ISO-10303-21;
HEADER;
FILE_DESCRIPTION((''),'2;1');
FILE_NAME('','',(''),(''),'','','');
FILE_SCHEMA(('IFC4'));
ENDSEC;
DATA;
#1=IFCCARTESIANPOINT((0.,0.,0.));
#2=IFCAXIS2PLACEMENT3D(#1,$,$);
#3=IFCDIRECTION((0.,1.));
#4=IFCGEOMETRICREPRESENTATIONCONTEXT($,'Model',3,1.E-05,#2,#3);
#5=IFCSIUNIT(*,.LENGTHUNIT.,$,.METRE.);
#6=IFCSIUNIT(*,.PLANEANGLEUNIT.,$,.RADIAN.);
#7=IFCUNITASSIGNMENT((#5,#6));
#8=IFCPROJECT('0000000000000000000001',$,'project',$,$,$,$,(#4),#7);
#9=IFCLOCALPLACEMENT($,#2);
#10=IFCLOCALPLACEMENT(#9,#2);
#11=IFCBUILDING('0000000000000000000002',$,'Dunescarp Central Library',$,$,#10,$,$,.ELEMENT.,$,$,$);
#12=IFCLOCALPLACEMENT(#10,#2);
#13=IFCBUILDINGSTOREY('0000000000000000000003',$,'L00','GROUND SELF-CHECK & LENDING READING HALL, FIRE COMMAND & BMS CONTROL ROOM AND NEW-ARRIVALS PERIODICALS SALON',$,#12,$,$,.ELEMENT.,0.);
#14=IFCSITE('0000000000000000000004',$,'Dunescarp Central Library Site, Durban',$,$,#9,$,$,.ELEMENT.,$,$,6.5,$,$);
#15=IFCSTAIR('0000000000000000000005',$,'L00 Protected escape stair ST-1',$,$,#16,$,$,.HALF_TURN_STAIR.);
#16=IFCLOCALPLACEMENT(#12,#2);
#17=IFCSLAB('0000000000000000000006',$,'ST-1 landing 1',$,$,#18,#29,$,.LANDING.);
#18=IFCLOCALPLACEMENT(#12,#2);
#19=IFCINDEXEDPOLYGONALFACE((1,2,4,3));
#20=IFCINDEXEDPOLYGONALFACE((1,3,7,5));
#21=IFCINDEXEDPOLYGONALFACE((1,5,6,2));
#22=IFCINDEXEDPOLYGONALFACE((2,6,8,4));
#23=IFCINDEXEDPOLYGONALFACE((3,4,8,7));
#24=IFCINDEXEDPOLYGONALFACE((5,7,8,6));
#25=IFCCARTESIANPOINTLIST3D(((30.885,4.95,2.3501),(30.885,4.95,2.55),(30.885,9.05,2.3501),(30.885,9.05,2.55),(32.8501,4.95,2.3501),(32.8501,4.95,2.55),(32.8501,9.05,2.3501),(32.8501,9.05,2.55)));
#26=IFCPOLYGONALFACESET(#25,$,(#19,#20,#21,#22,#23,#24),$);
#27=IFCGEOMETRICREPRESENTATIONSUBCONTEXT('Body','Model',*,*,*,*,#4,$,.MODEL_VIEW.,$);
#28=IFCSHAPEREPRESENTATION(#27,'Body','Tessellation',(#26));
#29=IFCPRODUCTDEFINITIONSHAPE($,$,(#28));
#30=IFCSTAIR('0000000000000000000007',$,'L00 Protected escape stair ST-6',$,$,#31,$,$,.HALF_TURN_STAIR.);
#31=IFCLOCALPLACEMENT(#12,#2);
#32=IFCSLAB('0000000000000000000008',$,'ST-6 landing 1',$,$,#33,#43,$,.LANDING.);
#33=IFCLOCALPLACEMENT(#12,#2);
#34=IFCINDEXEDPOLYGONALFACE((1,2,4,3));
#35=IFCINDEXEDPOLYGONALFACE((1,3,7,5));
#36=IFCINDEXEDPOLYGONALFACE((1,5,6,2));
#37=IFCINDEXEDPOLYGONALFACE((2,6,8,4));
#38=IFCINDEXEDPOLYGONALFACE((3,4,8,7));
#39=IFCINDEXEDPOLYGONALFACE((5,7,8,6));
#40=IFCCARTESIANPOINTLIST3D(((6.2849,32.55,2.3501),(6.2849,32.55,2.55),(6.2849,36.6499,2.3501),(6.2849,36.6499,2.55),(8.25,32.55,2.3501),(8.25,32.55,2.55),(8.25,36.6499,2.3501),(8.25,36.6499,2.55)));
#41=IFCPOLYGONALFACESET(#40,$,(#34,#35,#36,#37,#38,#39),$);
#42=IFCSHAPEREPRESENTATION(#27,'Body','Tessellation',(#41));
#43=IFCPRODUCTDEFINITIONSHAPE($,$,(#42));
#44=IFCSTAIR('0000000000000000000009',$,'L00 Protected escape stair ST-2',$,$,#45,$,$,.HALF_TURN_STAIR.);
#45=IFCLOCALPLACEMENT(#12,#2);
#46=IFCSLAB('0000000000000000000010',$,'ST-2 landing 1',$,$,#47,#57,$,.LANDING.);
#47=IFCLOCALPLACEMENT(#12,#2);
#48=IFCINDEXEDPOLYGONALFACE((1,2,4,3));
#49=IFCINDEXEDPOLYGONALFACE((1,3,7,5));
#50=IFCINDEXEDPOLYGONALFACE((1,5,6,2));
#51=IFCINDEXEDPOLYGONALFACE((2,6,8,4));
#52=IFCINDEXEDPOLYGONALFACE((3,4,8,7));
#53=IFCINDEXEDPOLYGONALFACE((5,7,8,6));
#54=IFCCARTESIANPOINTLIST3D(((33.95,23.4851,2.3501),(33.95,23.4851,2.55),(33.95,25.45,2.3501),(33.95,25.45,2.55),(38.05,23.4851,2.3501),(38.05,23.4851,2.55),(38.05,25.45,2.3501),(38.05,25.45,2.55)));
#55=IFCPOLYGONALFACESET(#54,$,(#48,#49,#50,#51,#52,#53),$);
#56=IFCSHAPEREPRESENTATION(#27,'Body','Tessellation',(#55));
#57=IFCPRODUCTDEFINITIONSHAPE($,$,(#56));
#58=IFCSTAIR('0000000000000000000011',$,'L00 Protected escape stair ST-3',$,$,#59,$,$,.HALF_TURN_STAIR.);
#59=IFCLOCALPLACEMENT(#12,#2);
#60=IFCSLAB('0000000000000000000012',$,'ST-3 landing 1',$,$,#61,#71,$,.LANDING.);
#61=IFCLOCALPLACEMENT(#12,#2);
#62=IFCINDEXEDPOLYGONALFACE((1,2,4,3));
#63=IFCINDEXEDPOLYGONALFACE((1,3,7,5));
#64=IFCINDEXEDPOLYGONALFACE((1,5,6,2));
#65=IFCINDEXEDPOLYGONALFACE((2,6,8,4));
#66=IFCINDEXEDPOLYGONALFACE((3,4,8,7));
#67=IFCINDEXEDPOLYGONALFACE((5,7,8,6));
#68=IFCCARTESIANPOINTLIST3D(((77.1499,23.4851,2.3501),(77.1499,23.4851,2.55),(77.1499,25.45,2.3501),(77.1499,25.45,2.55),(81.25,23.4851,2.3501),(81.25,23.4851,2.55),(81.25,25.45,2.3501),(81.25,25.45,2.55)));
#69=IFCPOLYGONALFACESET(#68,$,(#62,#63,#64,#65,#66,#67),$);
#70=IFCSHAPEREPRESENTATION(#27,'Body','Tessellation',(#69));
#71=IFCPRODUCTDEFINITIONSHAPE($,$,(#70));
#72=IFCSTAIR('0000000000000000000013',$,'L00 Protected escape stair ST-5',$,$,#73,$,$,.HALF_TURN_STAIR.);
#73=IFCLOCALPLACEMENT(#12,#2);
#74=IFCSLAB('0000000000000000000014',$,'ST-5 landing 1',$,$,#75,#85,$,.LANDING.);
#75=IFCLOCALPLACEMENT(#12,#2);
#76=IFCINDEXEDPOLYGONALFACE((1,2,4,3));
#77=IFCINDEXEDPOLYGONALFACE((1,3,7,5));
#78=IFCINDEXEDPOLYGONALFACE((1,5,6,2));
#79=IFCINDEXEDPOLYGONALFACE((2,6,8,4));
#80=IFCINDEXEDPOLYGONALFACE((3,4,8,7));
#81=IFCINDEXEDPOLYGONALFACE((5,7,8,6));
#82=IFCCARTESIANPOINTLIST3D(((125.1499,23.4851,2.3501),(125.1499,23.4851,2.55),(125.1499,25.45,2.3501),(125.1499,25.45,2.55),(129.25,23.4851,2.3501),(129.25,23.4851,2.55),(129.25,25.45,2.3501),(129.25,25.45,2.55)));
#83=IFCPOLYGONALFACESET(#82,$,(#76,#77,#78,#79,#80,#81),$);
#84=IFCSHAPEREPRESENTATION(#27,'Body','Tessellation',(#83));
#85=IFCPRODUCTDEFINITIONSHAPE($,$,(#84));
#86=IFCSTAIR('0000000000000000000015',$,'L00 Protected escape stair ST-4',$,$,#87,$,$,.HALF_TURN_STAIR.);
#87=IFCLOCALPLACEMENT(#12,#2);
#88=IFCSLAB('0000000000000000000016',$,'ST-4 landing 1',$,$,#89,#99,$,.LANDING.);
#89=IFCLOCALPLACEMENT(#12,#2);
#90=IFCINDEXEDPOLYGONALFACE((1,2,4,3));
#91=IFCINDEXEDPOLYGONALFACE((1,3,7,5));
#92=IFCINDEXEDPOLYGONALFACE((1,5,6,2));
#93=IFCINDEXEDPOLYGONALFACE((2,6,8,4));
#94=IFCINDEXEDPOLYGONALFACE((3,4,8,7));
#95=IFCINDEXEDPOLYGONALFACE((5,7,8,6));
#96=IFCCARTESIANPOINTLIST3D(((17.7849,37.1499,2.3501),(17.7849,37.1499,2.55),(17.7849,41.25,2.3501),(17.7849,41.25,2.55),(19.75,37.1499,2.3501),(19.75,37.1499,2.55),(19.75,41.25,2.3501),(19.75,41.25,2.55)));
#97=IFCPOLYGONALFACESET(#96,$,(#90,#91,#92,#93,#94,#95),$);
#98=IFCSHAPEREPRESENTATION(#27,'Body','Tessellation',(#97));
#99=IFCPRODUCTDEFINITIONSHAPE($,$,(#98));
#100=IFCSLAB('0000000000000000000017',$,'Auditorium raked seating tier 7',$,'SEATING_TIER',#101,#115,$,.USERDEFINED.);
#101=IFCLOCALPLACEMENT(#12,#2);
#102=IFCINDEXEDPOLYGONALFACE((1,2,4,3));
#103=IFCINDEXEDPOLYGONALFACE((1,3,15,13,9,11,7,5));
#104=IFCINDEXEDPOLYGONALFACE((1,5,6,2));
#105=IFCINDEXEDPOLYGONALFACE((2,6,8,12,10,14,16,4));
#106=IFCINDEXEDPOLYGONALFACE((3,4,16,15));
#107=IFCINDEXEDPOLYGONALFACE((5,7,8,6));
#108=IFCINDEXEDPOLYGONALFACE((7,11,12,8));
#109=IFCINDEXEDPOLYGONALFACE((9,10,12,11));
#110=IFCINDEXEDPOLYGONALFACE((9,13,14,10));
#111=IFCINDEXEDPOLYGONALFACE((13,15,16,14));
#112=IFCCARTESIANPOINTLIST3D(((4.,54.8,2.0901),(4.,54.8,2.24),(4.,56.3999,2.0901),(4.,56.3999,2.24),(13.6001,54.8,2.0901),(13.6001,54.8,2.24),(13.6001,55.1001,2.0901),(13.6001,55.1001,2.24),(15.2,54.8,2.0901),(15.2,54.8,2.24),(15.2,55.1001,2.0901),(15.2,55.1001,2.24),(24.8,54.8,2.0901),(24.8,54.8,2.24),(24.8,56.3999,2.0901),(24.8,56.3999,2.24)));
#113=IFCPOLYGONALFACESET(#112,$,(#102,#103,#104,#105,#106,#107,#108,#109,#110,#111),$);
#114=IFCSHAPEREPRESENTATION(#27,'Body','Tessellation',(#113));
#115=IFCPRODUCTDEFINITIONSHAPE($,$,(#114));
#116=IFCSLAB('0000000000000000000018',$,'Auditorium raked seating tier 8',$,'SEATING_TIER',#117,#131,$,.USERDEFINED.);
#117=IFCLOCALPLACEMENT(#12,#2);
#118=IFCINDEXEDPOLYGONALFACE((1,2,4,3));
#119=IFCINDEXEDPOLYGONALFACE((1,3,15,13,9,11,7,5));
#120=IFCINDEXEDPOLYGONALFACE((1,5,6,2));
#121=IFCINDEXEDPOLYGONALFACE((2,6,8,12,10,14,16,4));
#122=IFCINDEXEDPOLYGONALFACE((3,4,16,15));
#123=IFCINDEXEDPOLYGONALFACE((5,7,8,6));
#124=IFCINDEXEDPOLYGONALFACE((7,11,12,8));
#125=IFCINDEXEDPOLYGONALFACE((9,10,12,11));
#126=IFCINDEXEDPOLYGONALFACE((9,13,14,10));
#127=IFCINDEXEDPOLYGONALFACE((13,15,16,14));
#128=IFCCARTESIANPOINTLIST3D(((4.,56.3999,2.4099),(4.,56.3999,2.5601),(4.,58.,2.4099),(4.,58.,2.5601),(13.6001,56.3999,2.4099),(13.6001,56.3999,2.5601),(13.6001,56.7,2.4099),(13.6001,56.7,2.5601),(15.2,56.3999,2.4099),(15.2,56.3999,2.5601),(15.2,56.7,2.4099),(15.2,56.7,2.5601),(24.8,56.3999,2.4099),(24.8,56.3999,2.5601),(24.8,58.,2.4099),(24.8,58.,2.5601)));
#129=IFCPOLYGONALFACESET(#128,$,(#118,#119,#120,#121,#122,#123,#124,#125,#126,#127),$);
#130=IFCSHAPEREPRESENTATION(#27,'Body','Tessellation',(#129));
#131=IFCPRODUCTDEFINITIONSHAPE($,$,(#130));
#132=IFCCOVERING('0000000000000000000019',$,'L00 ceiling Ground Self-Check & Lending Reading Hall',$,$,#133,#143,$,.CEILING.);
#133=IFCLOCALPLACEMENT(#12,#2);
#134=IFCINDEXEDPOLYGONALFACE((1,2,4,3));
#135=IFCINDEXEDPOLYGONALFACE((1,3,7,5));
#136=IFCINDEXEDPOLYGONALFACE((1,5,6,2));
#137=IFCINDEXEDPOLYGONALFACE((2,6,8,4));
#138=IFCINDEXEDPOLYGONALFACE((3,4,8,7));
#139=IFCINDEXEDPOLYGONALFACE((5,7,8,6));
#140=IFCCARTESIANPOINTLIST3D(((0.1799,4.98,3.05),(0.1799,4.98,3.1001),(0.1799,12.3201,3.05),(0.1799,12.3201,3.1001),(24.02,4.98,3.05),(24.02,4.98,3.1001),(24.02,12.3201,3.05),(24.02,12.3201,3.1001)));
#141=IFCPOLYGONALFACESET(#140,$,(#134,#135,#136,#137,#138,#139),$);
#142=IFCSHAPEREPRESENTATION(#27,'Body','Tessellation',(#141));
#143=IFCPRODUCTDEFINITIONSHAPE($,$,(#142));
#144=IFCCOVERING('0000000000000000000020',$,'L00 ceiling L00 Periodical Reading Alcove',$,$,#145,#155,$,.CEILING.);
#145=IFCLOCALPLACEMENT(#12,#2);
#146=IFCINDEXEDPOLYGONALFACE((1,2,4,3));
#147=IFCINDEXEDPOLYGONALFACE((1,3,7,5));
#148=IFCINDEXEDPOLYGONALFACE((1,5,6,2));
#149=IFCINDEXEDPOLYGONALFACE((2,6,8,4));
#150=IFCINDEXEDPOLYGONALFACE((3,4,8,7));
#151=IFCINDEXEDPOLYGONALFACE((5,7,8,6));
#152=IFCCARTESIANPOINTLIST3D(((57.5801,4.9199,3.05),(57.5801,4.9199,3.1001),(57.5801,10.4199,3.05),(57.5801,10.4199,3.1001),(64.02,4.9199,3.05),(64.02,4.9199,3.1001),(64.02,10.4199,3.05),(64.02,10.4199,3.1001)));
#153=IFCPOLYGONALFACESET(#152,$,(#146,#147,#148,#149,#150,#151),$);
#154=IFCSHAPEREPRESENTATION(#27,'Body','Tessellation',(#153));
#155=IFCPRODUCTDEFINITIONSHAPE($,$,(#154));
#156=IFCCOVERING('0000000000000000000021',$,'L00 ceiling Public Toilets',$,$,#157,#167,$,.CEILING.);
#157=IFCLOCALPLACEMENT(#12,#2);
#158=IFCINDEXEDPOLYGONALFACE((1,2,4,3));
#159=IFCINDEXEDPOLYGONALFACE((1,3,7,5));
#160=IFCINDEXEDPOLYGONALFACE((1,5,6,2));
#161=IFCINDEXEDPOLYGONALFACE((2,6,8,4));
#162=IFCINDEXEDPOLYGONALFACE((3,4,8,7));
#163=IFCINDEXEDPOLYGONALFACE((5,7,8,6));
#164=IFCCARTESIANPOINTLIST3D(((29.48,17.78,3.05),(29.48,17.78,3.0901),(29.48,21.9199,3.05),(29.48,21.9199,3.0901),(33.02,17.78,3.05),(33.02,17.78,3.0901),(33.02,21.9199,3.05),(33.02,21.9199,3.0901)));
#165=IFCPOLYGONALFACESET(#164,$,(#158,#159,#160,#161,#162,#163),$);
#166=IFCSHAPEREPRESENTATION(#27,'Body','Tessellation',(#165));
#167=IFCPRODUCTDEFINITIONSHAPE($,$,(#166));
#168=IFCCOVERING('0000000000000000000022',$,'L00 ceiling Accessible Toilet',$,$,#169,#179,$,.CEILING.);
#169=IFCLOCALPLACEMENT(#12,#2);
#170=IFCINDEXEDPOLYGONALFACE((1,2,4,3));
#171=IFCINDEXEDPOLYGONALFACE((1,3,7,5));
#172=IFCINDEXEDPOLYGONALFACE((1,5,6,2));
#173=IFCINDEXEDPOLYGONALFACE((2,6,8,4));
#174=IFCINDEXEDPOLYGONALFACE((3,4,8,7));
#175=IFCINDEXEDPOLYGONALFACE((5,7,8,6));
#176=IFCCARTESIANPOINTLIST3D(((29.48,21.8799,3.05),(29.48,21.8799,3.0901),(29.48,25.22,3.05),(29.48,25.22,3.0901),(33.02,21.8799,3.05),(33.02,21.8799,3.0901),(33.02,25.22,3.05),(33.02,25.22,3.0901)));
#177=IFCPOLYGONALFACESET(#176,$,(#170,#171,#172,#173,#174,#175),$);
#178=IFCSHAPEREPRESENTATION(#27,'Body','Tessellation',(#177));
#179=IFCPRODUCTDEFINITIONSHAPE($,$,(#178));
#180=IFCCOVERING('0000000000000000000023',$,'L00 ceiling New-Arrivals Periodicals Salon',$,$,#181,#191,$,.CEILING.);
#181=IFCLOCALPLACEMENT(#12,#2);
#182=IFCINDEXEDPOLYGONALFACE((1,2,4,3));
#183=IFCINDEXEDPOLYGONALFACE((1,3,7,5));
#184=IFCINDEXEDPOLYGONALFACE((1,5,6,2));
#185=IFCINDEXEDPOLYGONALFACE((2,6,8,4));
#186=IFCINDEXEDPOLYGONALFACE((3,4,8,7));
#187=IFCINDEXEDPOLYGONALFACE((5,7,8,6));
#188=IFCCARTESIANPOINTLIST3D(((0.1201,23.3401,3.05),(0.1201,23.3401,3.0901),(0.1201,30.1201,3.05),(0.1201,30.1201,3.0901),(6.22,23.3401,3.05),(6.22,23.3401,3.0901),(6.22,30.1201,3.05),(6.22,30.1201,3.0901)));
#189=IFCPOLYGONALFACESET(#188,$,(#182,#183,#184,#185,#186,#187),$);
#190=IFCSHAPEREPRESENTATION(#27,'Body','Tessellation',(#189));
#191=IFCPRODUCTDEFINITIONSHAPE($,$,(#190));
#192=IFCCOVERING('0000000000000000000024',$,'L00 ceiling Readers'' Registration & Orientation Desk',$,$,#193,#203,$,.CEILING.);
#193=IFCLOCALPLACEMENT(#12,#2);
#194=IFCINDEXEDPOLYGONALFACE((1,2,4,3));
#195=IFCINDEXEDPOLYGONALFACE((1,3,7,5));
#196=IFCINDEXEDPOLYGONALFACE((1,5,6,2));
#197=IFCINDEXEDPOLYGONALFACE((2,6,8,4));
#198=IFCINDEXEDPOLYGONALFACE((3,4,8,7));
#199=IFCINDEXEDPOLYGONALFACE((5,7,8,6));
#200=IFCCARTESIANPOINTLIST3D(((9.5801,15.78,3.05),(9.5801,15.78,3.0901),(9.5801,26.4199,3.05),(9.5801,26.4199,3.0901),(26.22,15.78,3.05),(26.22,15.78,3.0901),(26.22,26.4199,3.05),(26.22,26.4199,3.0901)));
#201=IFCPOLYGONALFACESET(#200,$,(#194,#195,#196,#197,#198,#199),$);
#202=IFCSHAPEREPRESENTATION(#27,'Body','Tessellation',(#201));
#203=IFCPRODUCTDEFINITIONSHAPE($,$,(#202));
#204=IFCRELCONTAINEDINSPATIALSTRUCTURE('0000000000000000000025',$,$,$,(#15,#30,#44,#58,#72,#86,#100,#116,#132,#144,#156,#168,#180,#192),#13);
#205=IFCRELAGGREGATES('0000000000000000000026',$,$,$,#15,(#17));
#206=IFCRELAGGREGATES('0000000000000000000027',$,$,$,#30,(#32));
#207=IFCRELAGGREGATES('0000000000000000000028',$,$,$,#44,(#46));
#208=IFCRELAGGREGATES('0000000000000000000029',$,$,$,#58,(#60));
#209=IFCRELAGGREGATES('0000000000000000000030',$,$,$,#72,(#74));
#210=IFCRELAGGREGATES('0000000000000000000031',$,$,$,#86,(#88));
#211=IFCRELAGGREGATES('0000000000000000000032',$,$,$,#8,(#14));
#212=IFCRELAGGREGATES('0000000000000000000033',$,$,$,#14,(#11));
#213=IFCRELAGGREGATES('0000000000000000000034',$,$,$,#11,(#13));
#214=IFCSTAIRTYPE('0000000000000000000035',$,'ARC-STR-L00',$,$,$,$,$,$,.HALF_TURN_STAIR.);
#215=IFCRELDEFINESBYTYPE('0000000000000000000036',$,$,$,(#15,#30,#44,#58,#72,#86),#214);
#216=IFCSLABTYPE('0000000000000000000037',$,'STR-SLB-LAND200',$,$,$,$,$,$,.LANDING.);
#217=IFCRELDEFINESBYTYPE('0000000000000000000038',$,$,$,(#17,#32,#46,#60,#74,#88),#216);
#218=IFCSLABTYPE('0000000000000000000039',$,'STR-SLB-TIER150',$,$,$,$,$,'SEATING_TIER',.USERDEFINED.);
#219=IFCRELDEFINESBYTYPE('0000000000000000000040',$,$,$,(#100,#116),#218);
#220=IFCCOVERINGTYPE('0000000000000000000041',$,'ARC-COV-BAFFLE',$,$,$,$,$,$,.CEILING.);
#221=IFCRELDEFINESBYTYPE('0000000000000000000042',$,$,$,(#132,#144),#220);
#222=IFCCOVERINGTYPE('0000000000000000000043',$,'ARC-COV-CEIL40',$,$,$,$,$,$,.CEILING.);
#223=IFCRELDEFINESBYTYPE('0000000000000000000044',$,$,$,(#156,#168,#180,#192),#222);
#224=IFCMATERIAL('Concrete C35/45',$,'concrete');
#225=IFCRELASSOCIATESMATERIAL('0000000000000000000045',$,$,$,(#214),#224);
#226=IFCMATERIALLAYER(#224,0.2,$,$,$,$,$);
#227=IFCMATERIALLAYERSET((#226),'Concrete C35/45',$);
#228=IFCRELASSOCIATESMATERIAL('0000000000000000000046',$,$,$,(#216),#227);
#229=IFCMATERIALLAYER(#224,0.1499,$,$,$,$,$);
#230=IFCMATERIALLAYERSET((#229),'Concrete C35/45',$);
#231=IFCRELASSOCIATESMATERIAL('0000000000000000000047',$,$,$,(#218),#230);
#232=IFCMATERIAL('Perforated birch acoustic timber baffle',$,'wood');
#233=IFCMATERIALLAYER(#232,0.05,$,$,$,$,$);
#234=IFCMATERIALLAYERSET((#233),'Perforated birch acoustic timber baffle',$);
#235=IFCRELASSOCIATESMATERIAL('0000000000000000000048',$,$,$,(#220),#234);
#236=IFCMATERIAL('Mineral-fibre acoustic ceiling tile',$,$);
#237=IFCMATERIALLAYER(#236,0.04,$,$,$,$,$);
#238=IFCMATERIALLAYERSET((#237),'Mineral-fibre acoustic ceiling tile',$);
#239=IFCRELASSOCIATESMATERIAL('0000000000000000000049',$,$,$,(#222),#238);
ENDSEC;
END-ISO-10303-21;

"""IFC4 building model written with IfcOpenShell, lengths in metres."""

from ifc_helpers import new_model, si_unit, direction, frame, origin, place, context, subcontext, project, spatial, polyline, outline, extrude, material, layer, layer_set, type_object, element, aggregate, save


model = new_model("IFC4")

# Units and contexts
model_context = context("Model", 3, precision=1e-05, world=origin(), true_north=direction((0.0, 1.0)))
body_context = subcontext(model_context, "Body", "Model", "MODEL_VIEW")
ifc_project = project(units=[si_unit("LENGTHUNIT", "METRE"), si_unit("PLANEANGLEUNIT", "RADIAN")], contexts=[model_context])

# Site, building, storey
site_placement = place(None, origin())
site = spatial("IfcSite", under=ifc_project, at=site_placement, Name="Dunescarp Central Library Site, Durban", CompositionType="ELEMENT", RefElevation=6.5)
building_placement = place(site_placement, origin())
building = spatial("IfcBuilding", under=site, at=building_placement, Name="Dunescarp Central Library", CompositionType="ELEMENT")
storey_placement = place(building_placement, origin())
storey = spatial("IfcBuildingStorey", under=building, at=storey_placement, Name="L00", Description="GROUND SELF-CHECK & LENDING READING HALL, FIRE COMMAND & BMS CONTROL ROOM AND NEW-ARRIVALS PERIODICALS SALON", CompositionType="ELEMENT", Elevation=0.0)

# Stairs, slabs
ifc_material_1 = material(Name="Concrete C35/45", Category="concrete")
stair_type = type_object("IfcStairType", Name="ARC-STR-L00", PredefinedType="HALF_TURN_STAIR", material=ifc_material_1)
stair_1_placement = place(storey_placement, origin())
stair_1 = element("IfcStair", 1, at=stair_1_placement, inside=storey, type_object=stair_type, Name="L00 Protected escape stair ST-1", PredefinedType="HALF_TURN_STAIR")
ifc_layer_1 = layer(ifc_material_1, 0.2)
ifc_layer_set_1 = layer_set([ifc_layer_1], Name="Concrete C35/45")
slab_type_1 = type_object("IfcSlabType", Name="STR-SLB-LAND200", PredefinedType="LANDING", material=ifc_layer_set_1)
slab_1_placement = place(storey_placement, frame((0.0, 0.0, 2.3501)))
slab_1 = element("IfcSlab", 2, at=slab_1_placement, type_object=slab_type_1, Name="ST-1 landing 1", PredefinedType="LANDING", context=body_context, shape_type="SweptSolid", body=[
    extrude(outline(polyline([(30.885, 4.95), (32.8501, 4.95), (32.8501, 9.05), (30.885, 9.05), (30.885, 4.95)])), origin(), (0.0, 0.0, 1.0), 0.2),
])
aggregate(stair_1, [slab_1])
stair_2_placement = place(storey_placement, origin())
stair_2 = element("IfcStair", 3, at=stair_2_placement, inside=storey, type_object=stair_type, Name="L00 Protected escape stair ST-6", PredefinedType="HALF_TURN_STAIR")
slab_2_placement = place(storey_placement, frame((0.0, 0.0, 2.3501)))
slab_2 = element("IfcSlab", 4, at=slab_2_placement, type_object=slab_type_1, Name="ST-6 landing 1", PredefinedType="LANDING", context=body_context, shape_type="SweptSolid", body=[
    extrude(outline(polyline([(6.2849, 32.55), (8.25, 32.55), (8.25, 36.6499), (6.2849, 36.6499), (6.2849, 32.55)])), origin(), (0.0, 0.0, 1.0), 0.2),
])
aggregate(stair_2, [slab_2])
stair_3_placement = place(storey_placement, origin())
stair_3 = element("IfcStair", 5, at=stair_3_placement, inside=storey, type_object=stair_type, Name="L00 Protected escape stair ST-2", PredefinedType="HALF_TURN_STAIR")
slab_3_placement = place(storey_placement, frame((0.0, 0.0, 2.3501)))
slab_3 = element("IfcSlab", 6, at=slab_3_placement, type_object=slab_type_1, Name="ST-2 landing 1", PredefinedType="LANDING", context=body_context, shape_type="SweptSolid", body=[
    extrude(outline(polyline([(33.95, 23.4851), (38.05, 23.4851), (38.05, 25.45), (33.95, 25.45), (33.95, 23.4851)])), origin(), (0.0, 0.0, 1.0), 0.2),
])
aggregate(stair_3, [slab_3])
stair_4_placement = place(storey_placement, origin())
stair_4 = element("IfcStair", 7, at=stair_4_placement, inside=storey, type_object=stair_type, Name="L00 Protected escape stair ST-3", PredefinedType="HALF_TURN_STAIR")
slab_4_placement = place(storey_placement, frame((0.0, 0.0, 2.3501)))
slab_4 = element("IfcSlab", 8, at=slab_4_placement, type_object=slab_type_1, Name="ST-3 landing 1", PredefinedType="LANDING", context=body_context, shape_type="SweptSolid", body=[
    extrude(outline(polyline([(77.1499, 23.4851), (81.25, 23.4851), (81.25, 25.45), (77.1499, 25.45), (77.1499, 23.4851)])), origin(), (0.0, 0.0, 1.0), 0.2),
])
aggregate(stair_4, [slab_4])
stair_5_placement = place(storey_placement, origin())
stair_5 = element("IfcStair", 9, at=stair_5_placement, inside=storey, type_object=stair_type, Name="L00 Protected escape stair ST-5", PredefinedType="HALF_TURN_STAIR")
slab_5_placement = place(storey_placement, frame((0.0, 0.0, 2.3501)))
slab_5 = element("IfcSlab", 10, at=slab_5_placement, type_object=slab_type_1, Name="ST-5 landing 1", PredefinedType="LANDING", context=body_context, shape_type="SweptSolid", body=[
    extrude(outline(polyline([(125.1499, 23.4851), (129.25, 23.4851), (129.25, 25.45), (125.1499, 25.45), (125.1499, 23.4851)])), origin(), (0.0, 0.0, 1.0), 0.2),
])
aggregate(stair_5, [slab_5])
stair_6_placement = place(storey_placement, origin())
stair_6 = element("IfcStair", 11, at=stair_6_placement, inside=storey, type_object=stair_type, Name="L00 Protected escape stair ST-4", PredefinedType="HALF_TURN_STAIR")
slab_6_placement = place(storey_placement, frame((0.0, 0.0, 2.3501)))
slab_6 = element("IfcSlab", 12, at=slab_6_placement, type_object=slab_type_1, Name="ST-4 landing 1", PredefinedType="LANDING", context=body_context, shape_type="SweptSolid", body=[
    extrude(outline(polyline([(17.7849, 37.1499), (19.75, 37.1499), (19.75, 41.25), (17.7849, 41.25), (17.7849, 37.1499)])), origin(), (0.0, 0.0, 1.0), 0.2),
])
aggregate(stair_6, [slab_6])

# Slabs
ifc_layer_2 = layer(ifc_material_1, 0.1499)
ifc_layer_set_2 = layer_set([ifc_layer_2], Name="Concrete C35/45")
slab_type_2 = type_object("IfcSlabType", Name="STR-SLB-TIER150", ElementType="SEATING_TIER", PredefinedType="USERDEFINED", material=ifc_layer_set_2)
slab_7_placement = place(storey_placement, frame((0.0, 0.0, 2.0901)))
element("IfcSlab", 13, at=slab_7_placement, inside=storey, type_object=slab_type_2, Name="Auditorium raked seating tier 7", ObjectType="SEATING_TIER", PredefinedType="USERDEFINED", context=body_context, shape_type="SweptSolid", body=[
    extrude(outline(polyline([(4.0, 54.8), (13.6001, 54.8), (13.6001, 55.1001), (15.2, 55.1001), (15.2, 54.8), (24.8, 54.8), (24.8, 56.3999), (4.0, 56.3999), (4.0, 54.8)])), origin(), (0.0, 0.0, 1.0), 0.1499),
])
slab_8_placement = place(storey_placement, frame((0.0, 0.0, 2.4099)))
element("IfcSlab", 14, at=slab_8_placement, inside=storey, type_object=slab_type_2, Name="Auditorium raked seating tier 8", ObjectType="SEATING_TIER", PredefinedType="USERDEFINED", context=body_context, shape_type="SweptSolid", body=[
    extrude(outline(polyline([(4.0, 56.3999), (13.6001, 56.3999), (13.6001, 56.7), (15.2, 56.7), (15.2, 56.3999), (24.8, 56.3999), (24.8, 58.0), (4.0, 58.0), (4.0, 56.3999)])), origin(), (0.0, 0.0, 1.0), 0.1501),
])

# Coverings
ifc_material_2 = material(Name="Perforated birch acoustic timber baffle", Category="wood")
ifc_layer_3 = layer(ifc_material_2, 0.05)
ifc_layer_set_3 = layer_set([ifc_layer_3], Name="Perforated birch acoustic timber baffle")
covering_type_1 = type_object("IfcCoveringType", Name="ARC-COV-BAFFLE", PredefinedType="CEILING", material=ifc_layer_set_3)
covering_1_placement = place(storey_placement, frame((0.0, 0.0, 3.05)))
element("IfcCovering", 15, at=covering_1_placement, inside=storey, type_object=covering_type_1, Name="L00 ceiling Ground Self-Check & Lending Reading Hall", PredefinedType="CEILING", context=body_context, shape_type="SweptSolid", body=[
    extrude(outline(polyline([(0.1799, 4.98), (24.02, 4.98), (24.02, 12.3201), (0.1799, 12.3201), (0.1799, 4.98)])), origin(), (0.0, 0.0, 1.0), 0.05),
])
covering_2_placement = place(storey_placement, frame((0.0, 0.0, 3.05)))
element("IfcCovering", 16, at=covering_2_placement, inside=storey, type_object=covering_type_1, Name="L00 ceiling L00 Periodical Reading Alcove", PredefinedType="CEILING", context=body_context, shape_type="SweptSolid", body=[
    extrude(outline(polyline([(57.5801, 4.9199), (64.02, 4.9199), (64.02, 10.4199), (57.5801, 10.4199), (57.5801, 4.9199)])), origin(), (0.0, 0.0, 1.0), 0.05),
])
ifc_material_3 = material(Name="Mineral-fibre acoustic ceiling tile")
ifc_layer_4 = layer(ifc_material_3, 0.04)
ifc_layer_set_4 = layer_set([ifc_layer_4], Name="Mineral-fibre acoustic ceiling tile")
covering_type_2 = type_object("IfcCoveringType", Name="ARC-COV-CEIL40", PredefinedType="CEILING", material=ifc_layer_set_4)
covering_3_placement = place(storey_placement, frame((0.0, 0.0, 3.05)))
element("IfcCovering", 17, at=covering_3_placement, inside=storey, type_object=covering_type_2, Name="L00 ceiling Public Toilets", PredefinedType="CEILING", context=body_context, shape_type="SweptSolid", body=[
    extrude(outline(polyline([(29.48, 17.78), (33.02, 17.78), (33.02, 21.9199), (29.48, 21.9199), (29.48, 17.78)])), origin(), (0.0, 0.0, 1.0), 0.04),
])
covering_4_placement = place(storey_placement, frame((0.0, 0.0, 3.05)))
element("IfcCovering", 18, at=covering_4_placement, inside=storey, type_object=covering_type_2, Name="L00 ceiling Accessible Toilet", PredefinedType="CEILING", context=body_context, shape_type="SweptSolid", body=[
    extrude(outline(polyline([(29.48, 21.8799), (33.02, 21.8799), (33.02, 25.22), (29.48, 25.22), (29.48, 21.8799)])), origin(), (0.0, 0.0, 1.0), 0.04),
])
covering_5_placement = place(storey_placement, frame((0.0, 0.0, 3.05)))
element("IfcCovering", 19, at=covering_5_placement, inside=storey, type_object=covering_type_2, Name="L00 ceiling New-Arrivals Periodicals Salon", PredefinedType="CEILING", context=body_context, shape_type="SweptSolid", body=[
    extrude(outline(polyline([(0.1201, 23.3401), (6.22, 23.3401), (6.22, 30.1201), (0.1201, 30.1201), (0.1201, 23.3401)])), origin(), (0.0, 0.0, 1.0), 0.04),
])
covering_6_placement = place(storey_placement, frame((0.0, 0.0, 3.05)))
element("IfcCovering", 20, at=covering_6_placement, inside=storey, type_object=covering_type_2, Name="L00 ceiling Readers' Registration & Orientation Desk", PredefinedType="CEILING", context=body_context, shape_type="SweptSolid", body=[
    extrude(outline(polyline([(9.5801, 15.78), (26.22, 15.78), (26.22, 26.4199), (9.5801, 26.4199), (9.5801, 15.78)])), origin(), (0.0, 0.0, 1.0), 0.04),
])

save(model, "model.ifc")
